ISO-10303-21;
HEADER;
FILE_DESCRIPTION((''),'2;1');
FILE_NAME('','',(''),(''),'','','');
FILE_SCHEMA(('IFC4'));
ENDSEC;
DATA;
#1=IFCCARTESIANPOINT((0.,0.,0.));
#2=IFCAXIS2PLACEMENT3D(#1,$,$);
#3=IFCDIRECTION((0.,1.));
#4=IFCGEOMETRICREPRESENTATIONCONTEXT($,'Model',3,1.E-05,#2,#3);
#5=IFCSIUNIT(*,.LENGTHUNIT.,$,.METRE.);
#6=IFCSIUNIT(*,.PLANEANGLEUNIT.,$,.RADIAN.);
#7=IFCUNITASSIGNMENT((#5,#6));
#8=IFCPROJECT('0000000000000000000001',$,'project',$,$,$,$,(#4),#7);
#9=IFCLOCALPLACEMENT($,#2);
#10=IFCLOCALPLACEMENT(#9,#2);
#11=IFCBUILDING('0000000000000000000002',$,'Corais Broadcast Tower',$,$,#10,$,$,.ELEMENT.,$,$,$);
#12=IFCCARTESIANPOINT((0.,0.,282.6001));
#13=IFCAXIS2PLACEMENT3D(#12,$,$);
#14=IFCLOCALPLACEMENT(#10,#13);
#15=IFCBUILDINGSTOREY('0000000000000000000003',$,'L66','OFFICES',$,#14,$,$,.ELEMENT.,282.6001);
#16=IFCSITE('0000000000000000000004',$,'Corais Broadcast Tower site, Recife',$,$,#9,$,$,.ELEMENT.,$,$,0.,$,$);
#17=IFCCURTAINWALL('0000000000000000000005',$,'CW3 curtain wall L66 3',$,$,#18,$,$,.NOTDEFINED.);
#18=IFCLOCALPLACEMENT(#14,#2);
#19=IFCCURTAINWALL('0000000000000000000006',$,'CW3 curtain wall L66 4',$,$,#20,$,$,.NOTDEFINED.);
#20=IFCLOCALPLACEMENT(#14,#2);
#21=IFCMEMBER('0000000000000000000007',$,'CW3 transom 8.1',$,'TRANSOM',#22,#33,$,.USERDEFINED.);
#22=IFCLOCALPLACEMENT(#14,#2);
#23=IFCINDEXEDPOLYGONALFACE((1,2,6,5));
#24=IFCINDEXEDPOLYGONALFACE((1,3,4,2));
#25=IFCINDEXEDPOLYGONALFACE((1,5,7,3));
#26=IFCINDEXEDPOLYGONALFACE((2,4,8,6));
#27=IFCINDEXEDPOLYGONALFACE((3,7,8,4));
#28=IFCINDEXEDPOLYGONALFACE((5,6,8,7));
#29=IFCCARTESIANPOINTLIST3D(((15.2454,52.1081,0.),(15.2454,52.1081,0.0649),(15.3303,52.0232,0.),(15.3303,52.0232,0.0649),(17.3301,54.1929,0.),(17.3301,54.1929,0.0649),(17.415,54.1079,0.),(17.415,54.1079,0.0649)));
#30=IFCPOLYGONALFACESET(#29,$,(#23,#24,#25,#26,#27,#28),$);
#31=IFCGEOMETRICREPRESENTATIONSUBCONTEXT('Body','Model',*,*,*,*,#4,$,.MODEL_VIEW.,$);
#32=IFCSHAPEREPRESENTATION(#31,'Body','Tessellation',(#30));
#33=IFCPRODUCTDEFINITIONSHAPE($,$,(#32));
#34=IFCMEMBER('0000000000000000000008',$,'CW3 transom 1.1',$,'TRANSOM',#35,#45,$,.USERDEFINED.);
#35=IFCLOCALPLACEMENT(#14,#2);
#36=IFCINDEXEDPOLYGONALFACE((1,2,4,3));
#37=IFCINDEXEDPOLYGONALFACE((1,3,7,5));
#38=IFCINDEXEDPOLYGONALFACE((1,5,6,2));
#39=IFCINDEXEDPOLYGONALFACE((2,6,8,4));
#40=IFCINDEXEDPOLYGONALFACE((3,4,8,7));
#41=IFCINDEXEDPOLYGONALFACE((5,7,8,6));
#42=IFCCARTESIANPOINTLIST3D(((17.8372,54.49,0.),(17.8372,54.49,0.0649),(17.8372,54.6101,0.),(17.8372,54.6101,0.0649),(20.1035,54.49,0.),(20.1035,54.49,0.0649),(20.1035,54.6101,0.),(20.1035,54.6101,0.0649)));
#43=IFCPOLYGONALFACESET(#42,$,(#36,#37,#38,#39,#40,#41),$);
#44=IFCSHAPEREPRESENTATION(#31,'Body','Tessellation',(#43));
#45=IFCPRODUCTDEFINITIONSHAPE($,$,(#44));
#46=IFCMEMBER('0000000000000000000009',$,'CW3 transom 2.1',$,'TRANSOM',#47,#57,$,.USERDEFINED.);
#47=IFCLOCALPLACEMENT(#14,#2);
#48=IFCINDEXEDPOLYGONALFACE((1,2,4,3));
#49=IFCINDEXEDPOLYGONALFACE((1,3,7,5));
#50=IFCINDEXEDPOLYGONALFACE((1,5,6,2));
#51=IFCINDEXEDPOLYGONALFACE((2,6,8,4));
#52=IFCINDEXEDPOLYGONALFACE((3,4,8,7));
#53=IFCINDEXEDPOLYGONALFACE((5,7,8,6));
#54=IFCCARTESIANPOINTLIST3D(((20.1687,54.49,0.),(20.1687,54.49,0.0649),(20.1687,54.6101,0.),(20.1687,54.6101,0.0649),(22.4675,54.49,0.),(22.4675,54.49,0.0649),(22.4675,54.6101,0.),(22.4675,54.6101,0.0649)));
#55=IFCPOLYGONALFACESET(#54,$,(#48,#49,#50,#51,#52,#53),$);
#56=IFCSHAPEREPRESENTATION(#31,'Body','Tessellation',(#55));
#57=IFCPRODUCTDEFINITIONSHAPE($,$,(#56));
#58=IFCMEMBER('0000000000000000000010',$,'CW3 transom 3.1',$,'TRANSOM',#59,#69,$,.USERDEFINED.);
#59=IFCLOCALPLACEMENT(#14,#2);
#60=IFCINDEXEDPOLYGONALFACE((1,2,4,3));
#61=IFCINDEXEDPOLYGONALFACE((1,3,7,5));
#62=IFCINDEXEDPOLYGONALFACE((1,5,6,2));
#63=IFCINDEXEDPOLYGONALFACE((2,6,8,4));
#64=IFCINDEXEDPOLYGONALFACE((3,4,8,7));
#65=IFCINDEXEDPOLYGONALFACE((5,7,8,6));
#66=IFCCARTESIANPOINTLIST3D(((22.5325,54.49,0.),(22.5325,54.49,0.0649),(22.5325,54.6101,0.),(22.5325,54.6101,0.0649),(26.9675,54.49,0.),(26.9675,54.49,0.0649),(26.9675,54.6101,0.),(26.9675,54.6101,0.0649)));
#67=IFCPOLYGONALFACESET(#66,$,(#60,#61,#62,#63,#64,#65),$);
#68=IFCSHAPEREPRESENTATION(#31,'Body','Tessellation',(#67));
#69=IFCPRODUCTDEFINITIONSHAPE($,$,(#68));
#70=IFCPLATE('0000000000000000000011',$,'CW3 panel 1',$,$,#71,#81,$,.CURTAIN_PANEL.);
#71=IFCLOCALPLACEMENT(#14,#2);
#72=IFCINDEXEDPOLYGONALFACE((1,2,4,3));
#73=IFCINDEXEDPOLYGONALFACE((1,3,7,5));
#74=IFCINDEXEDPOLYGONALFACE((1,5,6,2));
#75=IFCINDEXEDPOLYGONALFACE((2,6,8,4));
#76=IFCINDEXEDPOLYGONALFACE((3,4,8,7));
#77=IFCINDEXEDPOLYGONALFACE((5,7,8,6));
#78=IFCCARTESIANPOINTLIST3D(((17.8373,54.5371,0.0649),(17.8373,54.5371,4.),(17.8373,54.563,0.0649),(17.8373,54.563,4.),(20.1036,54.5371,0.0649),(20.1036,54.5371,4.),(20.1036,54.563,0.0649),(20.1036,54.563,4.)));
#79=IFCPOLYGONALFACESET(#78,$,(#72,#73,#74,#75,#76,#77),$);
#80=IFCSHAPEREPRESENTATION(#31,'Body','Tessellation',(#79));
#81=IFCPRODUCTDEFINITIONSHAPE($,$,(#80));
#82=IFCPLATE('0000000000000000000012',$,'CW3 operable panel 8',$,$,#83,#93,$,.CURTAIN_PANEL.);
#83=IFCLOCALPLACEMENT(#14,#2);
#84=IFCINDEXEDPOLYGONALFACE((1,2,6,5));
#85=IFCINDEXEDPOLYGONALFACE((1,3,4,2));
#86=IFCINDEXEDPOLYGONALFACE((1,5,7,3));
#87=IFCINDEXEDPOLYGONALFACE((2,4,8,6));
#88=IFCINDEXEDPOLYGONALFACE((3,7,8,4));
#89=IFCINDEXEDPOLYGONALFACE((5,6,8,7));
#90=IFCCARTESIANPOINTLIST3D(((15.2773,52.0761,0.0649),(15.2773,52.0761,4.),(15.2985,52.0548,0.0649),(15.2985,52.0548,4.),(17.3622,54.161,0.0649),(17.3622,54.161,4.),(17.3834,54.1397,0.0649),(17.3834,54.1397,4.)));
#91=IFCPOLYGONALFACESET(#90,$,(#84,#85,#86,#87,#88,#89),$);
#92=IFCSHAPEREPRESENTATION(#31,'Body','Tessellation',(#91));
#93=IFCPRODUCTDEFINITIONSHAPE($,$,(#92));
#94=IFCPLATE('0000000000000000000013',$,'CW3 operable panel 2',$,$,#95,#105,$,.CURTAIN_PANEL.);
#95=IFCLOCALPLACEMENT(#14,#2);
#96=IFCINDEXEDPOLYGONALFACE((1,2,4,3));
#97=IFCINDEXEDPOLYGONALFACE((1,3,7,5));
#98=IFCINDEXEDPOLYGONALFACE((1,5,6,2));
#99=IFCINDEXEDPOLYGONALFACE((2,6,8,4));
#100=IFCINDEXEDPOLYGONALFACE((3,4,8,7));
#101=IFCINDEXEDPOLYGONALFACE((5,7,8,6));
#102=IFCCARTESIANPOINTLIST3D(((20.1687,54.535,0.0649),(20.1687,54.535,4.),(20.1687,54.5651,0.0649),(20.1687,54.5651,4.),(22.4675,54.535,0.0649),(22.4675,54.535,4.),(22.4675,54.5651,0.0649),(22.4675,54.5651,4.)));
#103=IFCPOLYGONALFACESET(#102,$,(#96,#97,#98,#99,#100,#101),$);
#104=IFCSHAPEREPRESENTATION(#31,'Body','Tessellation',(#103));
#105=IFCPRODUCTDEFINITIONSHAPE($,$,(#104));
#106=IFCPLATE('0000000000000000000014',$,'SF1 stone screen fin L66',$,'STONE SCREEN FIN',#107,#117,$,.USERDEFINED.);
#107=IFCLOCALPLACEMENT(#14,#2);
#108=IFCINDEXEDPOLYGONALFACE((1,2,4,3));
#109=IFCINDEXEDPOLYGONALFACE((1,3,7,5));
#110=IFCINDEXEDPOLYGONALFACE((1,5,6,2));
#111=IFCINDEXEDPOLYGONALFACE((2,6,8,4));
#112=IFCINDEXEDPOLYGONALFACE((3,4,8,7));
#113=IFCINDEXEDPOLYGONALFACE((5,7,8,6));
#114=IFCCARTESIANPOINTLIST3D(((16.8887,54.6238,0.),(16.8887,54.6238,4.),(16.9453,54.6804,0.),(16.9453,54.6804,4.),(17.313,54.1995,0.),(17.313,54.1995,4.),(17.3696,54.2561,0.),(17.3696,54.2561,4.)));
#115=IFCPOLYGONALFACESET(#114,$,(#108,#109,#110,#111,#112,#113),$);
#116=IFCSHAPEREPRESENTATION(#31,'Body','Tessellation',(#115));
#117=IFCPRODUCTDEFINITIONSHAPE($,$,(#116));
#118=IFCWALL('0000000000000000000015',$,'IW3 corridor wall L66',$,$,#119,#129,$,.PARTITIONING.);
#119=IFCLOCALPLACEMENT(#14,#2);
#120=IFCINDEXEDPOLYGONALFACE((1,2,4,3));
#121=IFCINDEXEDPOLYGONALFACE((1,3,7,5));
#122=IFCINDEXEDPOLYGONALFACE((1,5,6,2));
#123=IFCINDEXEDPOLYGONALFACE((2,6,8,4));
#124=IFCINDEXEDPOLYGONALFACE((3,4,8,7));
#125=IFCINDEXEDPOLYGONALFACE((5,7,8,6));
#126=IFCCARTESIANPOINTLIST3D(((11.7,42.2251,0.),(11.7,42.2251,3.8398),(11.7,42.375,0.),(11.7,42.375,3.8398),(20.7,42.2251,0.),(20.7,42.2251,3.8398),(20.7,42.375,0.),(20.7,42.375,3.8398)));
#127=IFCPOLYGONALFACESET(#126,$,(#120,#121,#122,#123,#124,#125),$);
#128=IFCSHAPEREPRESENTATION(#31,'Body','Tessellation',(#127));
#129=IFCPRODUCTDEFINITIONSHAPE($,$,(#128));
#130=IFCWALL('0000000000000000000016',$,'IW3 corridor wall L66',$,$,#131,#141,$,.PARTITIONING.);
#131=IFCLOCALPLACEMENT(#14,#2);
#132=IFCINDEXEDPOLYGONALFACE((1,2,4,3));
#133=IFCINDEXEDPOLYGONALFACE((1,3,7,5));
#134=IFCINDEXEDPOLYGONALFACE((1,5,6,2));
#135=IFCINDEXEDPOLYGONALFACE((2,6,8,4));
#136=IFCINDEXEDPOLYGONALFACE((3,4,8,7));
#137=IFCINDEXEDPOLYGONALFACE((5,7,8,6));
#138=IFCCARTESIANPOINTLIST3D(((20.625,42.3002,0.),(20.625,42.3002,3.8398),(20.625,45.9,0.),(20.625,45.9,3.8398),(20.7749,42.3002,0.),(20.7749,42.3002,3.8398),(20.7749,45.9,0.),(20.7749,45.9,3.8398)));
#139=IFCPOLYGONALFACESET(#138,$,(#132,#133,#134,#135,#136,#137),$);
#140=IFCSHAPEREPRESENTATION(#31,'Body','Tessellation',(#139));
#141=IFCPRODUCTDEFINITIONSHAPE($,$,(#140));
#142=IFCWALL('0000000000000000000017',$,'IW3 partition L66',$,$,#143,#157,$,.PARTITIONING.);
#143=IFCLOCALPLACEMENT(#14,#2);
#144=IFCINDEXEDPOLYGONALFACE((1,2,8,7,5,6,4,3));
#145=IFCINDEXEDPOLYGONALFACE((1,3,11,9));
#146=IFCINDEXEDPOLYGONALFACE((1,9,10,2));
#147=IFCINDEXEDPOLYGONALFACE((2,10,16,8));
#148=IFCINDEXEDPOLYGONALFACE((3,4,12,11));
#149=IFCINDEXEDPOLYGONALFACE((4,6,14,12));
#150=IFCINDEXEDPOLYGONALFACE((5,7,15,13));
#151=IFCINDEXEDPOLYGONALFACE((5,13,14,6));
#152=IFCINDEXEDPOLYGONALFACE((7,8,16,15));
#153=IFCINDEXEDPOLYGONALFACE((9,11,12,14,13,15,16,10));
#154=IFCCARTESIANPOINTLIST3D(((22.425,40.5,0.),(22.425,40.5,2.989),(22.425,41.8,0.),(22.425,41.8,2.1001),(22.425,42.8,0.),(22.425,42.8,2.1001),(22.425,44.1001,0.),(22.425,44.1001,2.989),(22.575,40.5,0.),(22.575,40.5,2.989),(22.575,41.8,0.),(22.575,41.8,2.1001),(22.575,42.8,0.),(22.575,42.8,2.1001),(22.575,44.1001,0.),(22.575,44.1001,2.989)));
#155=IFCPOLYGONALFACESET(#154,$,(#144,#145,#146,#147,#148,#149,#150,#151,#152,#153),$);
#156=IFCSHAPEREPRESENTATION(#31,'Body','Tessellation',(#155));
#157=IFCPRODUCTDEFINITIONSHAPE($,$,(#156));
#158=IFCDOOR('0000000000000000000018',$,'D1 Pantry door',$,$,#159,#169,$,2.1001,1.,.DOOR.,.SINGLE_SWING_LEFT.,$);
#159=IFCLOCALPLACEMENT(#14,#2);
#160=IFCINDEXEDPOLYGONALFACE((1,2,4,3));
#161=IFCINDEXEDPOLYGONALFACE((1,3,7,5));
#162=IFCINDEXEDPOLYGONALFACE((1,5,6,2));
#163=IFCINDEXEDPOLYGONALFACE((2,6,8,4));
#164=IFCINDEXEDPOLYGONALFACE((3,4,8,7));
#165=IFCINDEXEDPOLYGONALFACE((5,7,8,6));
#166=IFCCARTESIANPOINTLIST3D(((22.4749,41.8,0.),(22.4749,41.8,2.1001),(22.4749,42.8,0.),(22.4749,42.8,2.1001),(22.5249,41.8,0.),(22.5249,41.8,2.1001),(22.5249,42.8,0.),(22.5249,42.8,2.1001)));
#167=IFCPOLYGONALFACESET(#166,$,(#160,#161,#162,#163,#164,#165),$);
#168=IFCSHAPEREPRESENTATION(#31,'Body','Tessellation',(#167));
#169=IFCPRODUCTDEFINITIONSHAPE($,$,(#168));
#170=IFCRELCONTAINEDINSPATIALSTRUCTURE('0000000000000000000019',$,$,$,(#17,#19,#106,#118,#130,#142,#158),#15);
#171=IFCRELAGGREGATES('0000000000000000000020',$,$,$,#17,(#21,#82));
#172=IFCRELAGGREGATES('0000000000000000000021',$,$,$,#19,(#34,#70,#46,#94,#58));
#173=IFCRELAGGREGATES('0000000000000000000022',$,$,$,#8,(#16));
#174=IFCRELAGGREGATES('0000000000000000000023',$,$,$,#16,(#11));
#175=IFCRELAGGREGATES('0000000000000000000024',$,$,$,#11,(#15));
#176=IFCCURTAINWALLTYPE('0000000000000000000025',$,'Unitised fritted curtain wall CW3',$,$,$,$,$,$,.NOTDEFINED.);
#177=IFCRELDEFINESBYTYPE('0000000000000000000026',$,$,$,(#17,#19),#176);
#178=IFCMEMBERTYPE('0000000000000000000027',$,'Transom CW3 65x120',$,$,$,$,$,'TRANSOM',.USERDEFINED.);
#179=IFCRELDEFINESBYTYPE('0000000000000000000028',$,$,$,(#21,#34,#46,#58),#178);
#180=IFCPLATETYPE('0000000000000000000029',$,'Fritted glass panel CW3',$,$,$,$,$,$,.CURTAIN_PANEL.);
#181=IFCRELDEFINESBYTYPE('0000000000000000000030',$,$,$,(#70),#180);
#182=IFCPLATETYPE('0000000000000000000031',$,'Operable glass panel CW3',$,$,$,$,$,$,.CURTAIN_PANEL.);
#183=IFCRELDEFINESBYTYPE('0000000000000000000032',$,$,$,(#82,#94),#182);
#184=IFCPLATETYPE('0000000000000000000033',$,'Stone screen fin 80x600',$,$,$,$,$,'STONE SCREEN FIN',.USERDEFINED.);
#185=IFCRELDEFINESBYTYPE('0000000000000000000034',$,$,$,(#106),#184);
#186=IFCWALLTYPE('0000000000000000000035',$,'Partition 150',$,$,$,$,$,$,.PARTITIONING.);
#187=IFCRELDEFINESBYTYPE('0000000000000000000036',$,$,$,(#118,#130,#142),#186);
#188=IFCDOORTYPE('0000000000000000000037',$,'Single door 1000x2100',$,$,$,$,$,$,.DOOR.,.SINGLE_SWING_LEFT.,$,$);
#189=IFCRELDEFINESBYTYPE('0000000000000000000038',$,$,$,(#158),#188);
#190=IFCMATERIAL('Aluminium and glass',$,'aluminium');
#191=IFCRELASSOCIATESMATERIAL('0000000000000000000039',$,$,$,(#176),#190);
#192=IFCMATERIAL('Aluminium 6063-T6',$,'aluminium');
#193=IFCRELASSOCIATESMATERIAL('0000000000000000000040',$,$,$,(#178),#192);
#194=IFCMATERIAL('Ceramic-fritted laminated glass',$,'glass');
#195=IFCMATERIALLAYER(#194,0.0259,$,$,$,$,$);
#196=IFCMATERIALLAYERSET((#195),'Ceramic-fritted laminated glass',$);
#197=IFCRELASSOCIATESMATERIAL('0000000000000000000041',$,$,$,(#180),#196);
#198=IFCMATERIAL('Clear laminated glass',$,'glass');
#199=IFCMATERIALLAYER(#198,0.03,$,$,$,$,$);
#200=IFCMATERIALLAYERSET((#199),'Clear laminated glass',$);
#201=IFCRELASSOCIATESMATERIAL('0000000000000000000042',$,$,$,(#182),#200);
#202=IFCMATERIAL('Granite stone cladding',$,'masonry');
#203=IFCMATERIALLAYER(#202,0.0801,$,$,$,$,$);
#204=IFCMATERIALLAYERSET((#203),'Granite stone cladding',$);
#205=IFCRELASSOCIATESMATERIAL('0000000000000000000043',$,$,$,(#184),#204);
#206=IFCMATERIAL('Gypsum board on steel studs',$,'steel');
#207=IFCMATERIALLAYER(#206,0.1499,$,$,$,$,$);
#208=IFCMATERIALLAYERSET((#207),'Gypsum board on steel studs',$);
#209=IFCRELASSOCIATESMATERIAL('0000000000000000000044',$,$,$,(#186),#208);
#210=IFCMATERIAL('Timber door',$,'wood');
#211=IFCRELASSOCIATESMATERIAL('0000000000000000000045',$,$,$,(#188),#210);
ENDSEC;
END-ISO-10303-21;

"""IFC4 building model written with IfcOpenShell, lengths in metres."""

from ifc_helpers import new_model, si_unit, direction, frame, frame_2d, origin, origin_2d, place, context, subcontext, project, spatial, rectangle, extrude, material, layer, layer_set, material_profile, profile_set, type_object, element, fill, aggregate, save


model = new_model("IFC4")

# Units and contexts
model_context = context("Model", 3, precision=1e-05, world=origin(), true_north=direction((0.0, 1.0)))
body_context = subcontext(model_context, "Body", "Model", "MODEL_VIEW")
ifc_project = project(units=[si_unit("LENGTHUNIT", "METRE"), si_unit("PLANEANGLEUNIT", "RADIAN")], contexts=[model_context])

# Site, building, storey
site_placement = place(None, origin())
site = spatial("IfcSite", under=ifc_project, at=site_placement, Name="Corais Broadcast Tower site, Recife", CompositionType="ELEMENT", RefElevation=0.0)
building_placement = place(site_placement, origin())
building = spatial("IfcBuilding", under=site, at=building_placement, Name="Corais Broadcast Tower", CompositionType="ELEMENT")
storey_placement = place(building_placement, frame((0.0, 0.0, 282.6001)))
storey = spatial("IfcBuildingStorey", under=building, at=storey_placement, Name="L66", Description="OFFICES", CompositionType="ELEMENT", Elevation=282.6001)

# Curtain walls
ifc_material_1 = material(Name="Aluminium and glass", Category="aluminium")
curtain_wall_type = type_object("IfcCurtainWallType", Name="Unitised fritted curtain wall CW3", PredefinedType="NOTDEFINED", material=ifc_material_1)
curtain_wall_1_placement = place(storey_placement, origin())
curtain_wall_1 = element("IfcCurtainWall", 1, at=curtain_wall_1_placement, inside=storey, type_object=curtain_wall_type, Name="CW3 curtain wall L66 3", PredefinedType="NOTDEFINED")
curtain_wall_2_placement = place(storey_placement, origin())
curtain_wall_2 = element("IfcCurtainWall", 2, at=curtain_wall_2_placement, inside=storey, type_object=curtain_wall_type, Name="CW3 curtain wall L66 4", PredefinedType="NOTDEFINED")

# Members
ifc_material_2 = material(Name="Aluminium 6063-T6", Category="aluminium")
ifc_material_profile_1 = material_profile(ifc_material_2, rectangle(XDim=0.1201, YDim=0.0649, at=origin_2d()), Name="Transom CW3 65x120")
ifc_profile_set_1 = profile_set([ifc_material_profile_1], Name="Aluminium 6063-T6")
member_type_1 = type_object("IfcMemberType", Name="Transom CW3 65x120", ElementType="TRANSOM", PredefinedType="USERDEFINED", material=ifc_profile_set_1)
member_1_placement = place(storey_placement, frame((15.2878, 52.0657, 0.0325), z_axis=(0.707107, 0.707107, 0.0), x_axis=(-0.707107, 0.707107, 0.0)))
member_1 = element("IfcMember", 3, at=member_1_placement, type_object=member_type_1, Name="CW3 transom 8.1", ObjectType="TRANSOM", PredefinedType="USERDEFINED", context=body_context, shape_type="SweptSolid", body=[
    extrude(rectangle(XDim=0.1201, YDim=0.0649, at=origin_2d()), origin(), (0.0, 0.0, 1.0), 2.9482),
])
member_2_placement = place(storey_placement, frame((17.8372, 54.55, 0.0325), z_axis=(1.0, 0.0, 0.0), x_axis=(0.0, 1.0, 0.0)))
member_2 = element("IfcMember", 4, at=member_2_placement, type_object=member_type_1, Name="CW3 transom 1.1", ObjectType="TRANSOM", PredefinedType="USERDEFINED", context=body_context, shape_type="SweptSolid", body=[
    extrude(rectangle(XDim=0.1201, YDim=0.0649, at=origin_2d()), origin(), (0.0, 0.0, 1.0), 2.2664),
])
member_3_placement = place(storey_placement, frame((20.1687, 54.55, 0.0325), z_axis=(1.0, 0.0, 0.0), x_axis=(0.0, 1.0, 0.0)))
member_3 = element("IfcMember", 5, at=member_3_placement, type_object=member_type_1, Name="CW3 transom 2.1", ObjectType="TRANSOM", PredefinedType="USERDEFINED", context=body_context, shape_type="SweptSolid", body=[
    extrude(rectangle(XDim=0.1201, YDim=0.0649, at=origin_2d()), origin(), (0.0, 0.0, 1.0), 2.2988),
])
member_4_placement = place(storey_placement, frame((22.5325, 54.55, 0.0325), z_axis=(1.0, 0.0, 0.0), x_axis=(0.0, 1.0, 0.0)))
member_4 = element("IfcMember", 6, at=member_4_placement, type_object=member_type_1, Name="CW3 transom 3.1", ObjectType="TRANSOM", PredefinedType="USERDEFINED", context=body_context, shape_type="SweptSolid", body=[
    extrude(rectangle(XDim=0.1201, YDim=0.0649, at=origin_2d()), origin(), (0.0, 0.0, 1.0), 4.4351),
])

# Plates
ifc_material_3 = material(Name="Ceramic-fritted laminated glass", Category="glass")
ifc_layer_1 = layer(ifc_material_3, 0.0259)
ifc_layer_set_1 = layer_set([ifc_layer_1], Name="Ceramic-fritted laminated glass")
plate_type_1 = type_object("IfcPlateType", Name="Fritted glass panel CW3", PredefinedType="CURTAIN_PANEL", material=ifc_layer_set_1)
plate_1_placement = place(storey_placement, frame((18.9705, 54.55, 0.0649), z_axis=(0.0, 0.0, 1.0), x_axis=(1.0, 0.0, 0.0)))
plate_1 = element("IfcPlate", 7, at=plate_1_placement, type_object=plate_type_1, Name="CW3 panel 1", PredefinedType="CURTAIN_PANEL", context=body_context, shape_type="SweptSolid", body=[
    extrude(rectangle(XDim=2.2664, YDim=0.0259, at=origin_2d()), origin(), (0.0, 0.0, 1.0), 3.9351),
])
ifc_material_4 = material(Name="Clear laminated glass", Category="glass")
ifc_layer_2 = layer(ifc_material_4, 0.03)
ifc_layer_set_2 = layer_set([ifc_layer_2], Name="Clear laminated glass")
plate_type_2 = type_object("IfcPlateType", Name="Operable glass panel CW3", PredefinedType="CURTAIN_PANEL", material=ifc_layer_set_2)
plate_2_placement = place(storey_placement, frame((16.3303, 53.1079, 0.0649), z_axis=(0.0, 0.0, 1.0), x_axis=(0.707107, 0.707107, 0.0)))
plate_2 = element("IfcPlate", 8, at=plate_2_placement, type_object=plate_type_2, Name="CW3 operable panel 8", PredefinedType="CURTAIN_PANEL", context=body_context, shape_type="SweptSolid", body=[
    extrude(rectangle(XDim=2.9485, YDim=0.03, at=origin_2d()), origin(), (0.0, 0.0, 1.0), 3.9351),
])
aggregate(curtain_wall_1, [member_1, plate_2])
plate_3_placement = place(storey_placement, frame((21.3181, 54.55, 0.0649), z_axis=(0.0, 0.0, 1.0), x_axis=(1.0, 0.0, 0.0)))
plate_3 = element("IfcPlate", 9, at=plate_3_placement, type_object=plate_type_2, Name="CW3 operable panel 2", PredefinedType="CURTAIN_PANEL", context=body_context, shape_type="SweptSolid", body=[
    extrude(rectangle(XDim=2.2988, YDim=0.03, at=origin_2d()), origin(), (0.0, 0.0, 1.0), 3.9351),
])
aggregate(curtain_wall_2, [member_2, plate_1, member_3, plate_3, member_4])
ifc_material_5 = material(Name="Granite stone cladding", Category="masonry")
ifc_layer_3 = layer(ifc_material_5, 0.0801)
ifc_layer_set_3 = layer_set([ifc_layer_3], Name="Granite stone cladding")
plate_type_3 = type_object("IfcPlateType", Name="Stone screen fin 80x600", ElementType="STONE SCREEN FIN", PredefinedType="USERDEFINED", material=ifc_layer_set_3)
plate_4_placement = place(storey_placement, frame((17.1292, 54.4399, 0.0), z_axis=(0.0, 0.0, 1.0), x_axis=(0.707107, 0.707107, 0.0)))
element("IfcPlate", 10, at=plate_4_placement, inside=storey, type_object=plate_type_3, Name="SF1 stone screen fin L66", ObjectType="STONE SCREEN FIN", PredefinedType="USERDEFINED", context=body_context, shape_type="SweptSolid", body=[
    extrude(rectangle(XDim=0.0801, YDim=0.6001, at=origin_2d()), origin(), (0.0, 0.0, 1.0), 4.0),
])

# Walls
ifc_material_6 = material(Name="Gypsum board on steel studs", Category="steel")
ifc_layer_4 = layer(ifc_material_6, 0.1499)
ifc_layer_set_4 = layer_set([ifc_layer_4], Name="Gypsum board on steel studs")
wall_type = type_object("IfcWallType", Name="Partition 150", PredefinedType="PARTITIONING", material=ifc_layer_set_4)
wall_1_placement = place(storey_placement, frame((20.7, 42.3, 0.0), z_axis=(0.0, 0.0, 1.0), x_axis=(-1.0, 0.0, 0.0)))
element("IfcWall", 11, at=wall_1_placement, inside=storey, type_object=wall_type, Name="IW3 corridor wall L66", PredefinedType="PARTITIONING", context=body_context, shape_type="SweptSolid", body=[
    extrude(rectangle(XDim=9.0, YDim=0.1499, at=frame_2d((4.5, 0.0))), origin(), (0.0, 0.0, 1.0), 3.8398),
])
wall_2_placement = place(storey_placement, frame((20.7, 45.8999, 0.0), z_axis=(0.0, 0.0, 1.0), x_axis=(0.0, -1.0, 0.0)))
element("IfcWall", 12, at=wall_2_placement, inside=storey, type_object=wall_type, Name="IW3 corridor wall L66", PredefinedType="PARTITIONING", context=body_context, shape_type="SweptSolid", body=[
    extrude(rectangle(XDim=3.5999, YDim=0.1499, at=frame_2d((1.7998, 0.0))), origin(), (0.0, 0.0, 1.0), 3.8398),
])

# Wall, opening, door
wall_3_placement = place(storey_placement, frame((22.5, 44.1001, 0.0), z_axis=(0.0, 0.0, 1.0), x_axis=(0.0, -1.0, 0.0)))
wall_3 = element("IfcWall", 13, at=wall_3_placement, inside=storey, type_object=wall_type, Name="IW3 partition L66", PredefinedType="PARTITIONING", context=body_context, shape_type="SweptSolid", body=[
    extrude(rectangle(XDim=3.6001, YDim=0.1499, at=frame_2d((1.8, 0.0))), origin(), (0.0, 0.0, 1.0), 2.989),
])
opening_1_placement = place(wall_3_placement, frame((1.3, 0.0, 0.0)))
opening_1 = element("IfcOpeningElement", 14, at=opening_1_placement, cuts=wall_3, PredefinedType="OPENING", context=body_context, shape_type="SweptSolid", body=[
    extrude(rectangle(XDim=1.0, YDim=2.1001, at=frame_2d((0.5, 1.05))), frame((0.0, 0.085, 0.0), z_axis=(0.0, -1.0, 0.0), x_axis=(1.0, 0.0, 0.0)), (0.0, 0.0, 1.0), 0.1699),
])
ifc_material_7 = material(Name="Timber door", Category="wood")
door_type = type_object("IfcDoorType", Name="Single door 1000x2100", OperationType="SINGLE_SWING_LEFT", PredefinedType="DOOR", material=ifc_material_7)
door_1_placement = place(opening_1_placement, origin())
door_1 = element("IfcDoor", 15, at=door_1_placement, inside=storey, type_object=door_type, Name="D1 Pantry door", OperationType="SINGLE_SWING_LEFT", OverallHeight=2.1001, OverallWidth=1.0, PredefinedType="DOOR", context=body_context, shape_type="SweptSolid", body=[
    extrude(rectangle(XDim=1.0, YDim=2.1001, at=frame_2d((0.5, 1.05))), frame((0.0, 0.0249, 0.0), z_axis=(0.0, -1.0, 0.0), x_axis=(1.0, 0.0, 0.0)), (0.0, 0.0, 1.0), 0.05),
])
fill(opening_1, door_1)

save(model, "model.ifc")
